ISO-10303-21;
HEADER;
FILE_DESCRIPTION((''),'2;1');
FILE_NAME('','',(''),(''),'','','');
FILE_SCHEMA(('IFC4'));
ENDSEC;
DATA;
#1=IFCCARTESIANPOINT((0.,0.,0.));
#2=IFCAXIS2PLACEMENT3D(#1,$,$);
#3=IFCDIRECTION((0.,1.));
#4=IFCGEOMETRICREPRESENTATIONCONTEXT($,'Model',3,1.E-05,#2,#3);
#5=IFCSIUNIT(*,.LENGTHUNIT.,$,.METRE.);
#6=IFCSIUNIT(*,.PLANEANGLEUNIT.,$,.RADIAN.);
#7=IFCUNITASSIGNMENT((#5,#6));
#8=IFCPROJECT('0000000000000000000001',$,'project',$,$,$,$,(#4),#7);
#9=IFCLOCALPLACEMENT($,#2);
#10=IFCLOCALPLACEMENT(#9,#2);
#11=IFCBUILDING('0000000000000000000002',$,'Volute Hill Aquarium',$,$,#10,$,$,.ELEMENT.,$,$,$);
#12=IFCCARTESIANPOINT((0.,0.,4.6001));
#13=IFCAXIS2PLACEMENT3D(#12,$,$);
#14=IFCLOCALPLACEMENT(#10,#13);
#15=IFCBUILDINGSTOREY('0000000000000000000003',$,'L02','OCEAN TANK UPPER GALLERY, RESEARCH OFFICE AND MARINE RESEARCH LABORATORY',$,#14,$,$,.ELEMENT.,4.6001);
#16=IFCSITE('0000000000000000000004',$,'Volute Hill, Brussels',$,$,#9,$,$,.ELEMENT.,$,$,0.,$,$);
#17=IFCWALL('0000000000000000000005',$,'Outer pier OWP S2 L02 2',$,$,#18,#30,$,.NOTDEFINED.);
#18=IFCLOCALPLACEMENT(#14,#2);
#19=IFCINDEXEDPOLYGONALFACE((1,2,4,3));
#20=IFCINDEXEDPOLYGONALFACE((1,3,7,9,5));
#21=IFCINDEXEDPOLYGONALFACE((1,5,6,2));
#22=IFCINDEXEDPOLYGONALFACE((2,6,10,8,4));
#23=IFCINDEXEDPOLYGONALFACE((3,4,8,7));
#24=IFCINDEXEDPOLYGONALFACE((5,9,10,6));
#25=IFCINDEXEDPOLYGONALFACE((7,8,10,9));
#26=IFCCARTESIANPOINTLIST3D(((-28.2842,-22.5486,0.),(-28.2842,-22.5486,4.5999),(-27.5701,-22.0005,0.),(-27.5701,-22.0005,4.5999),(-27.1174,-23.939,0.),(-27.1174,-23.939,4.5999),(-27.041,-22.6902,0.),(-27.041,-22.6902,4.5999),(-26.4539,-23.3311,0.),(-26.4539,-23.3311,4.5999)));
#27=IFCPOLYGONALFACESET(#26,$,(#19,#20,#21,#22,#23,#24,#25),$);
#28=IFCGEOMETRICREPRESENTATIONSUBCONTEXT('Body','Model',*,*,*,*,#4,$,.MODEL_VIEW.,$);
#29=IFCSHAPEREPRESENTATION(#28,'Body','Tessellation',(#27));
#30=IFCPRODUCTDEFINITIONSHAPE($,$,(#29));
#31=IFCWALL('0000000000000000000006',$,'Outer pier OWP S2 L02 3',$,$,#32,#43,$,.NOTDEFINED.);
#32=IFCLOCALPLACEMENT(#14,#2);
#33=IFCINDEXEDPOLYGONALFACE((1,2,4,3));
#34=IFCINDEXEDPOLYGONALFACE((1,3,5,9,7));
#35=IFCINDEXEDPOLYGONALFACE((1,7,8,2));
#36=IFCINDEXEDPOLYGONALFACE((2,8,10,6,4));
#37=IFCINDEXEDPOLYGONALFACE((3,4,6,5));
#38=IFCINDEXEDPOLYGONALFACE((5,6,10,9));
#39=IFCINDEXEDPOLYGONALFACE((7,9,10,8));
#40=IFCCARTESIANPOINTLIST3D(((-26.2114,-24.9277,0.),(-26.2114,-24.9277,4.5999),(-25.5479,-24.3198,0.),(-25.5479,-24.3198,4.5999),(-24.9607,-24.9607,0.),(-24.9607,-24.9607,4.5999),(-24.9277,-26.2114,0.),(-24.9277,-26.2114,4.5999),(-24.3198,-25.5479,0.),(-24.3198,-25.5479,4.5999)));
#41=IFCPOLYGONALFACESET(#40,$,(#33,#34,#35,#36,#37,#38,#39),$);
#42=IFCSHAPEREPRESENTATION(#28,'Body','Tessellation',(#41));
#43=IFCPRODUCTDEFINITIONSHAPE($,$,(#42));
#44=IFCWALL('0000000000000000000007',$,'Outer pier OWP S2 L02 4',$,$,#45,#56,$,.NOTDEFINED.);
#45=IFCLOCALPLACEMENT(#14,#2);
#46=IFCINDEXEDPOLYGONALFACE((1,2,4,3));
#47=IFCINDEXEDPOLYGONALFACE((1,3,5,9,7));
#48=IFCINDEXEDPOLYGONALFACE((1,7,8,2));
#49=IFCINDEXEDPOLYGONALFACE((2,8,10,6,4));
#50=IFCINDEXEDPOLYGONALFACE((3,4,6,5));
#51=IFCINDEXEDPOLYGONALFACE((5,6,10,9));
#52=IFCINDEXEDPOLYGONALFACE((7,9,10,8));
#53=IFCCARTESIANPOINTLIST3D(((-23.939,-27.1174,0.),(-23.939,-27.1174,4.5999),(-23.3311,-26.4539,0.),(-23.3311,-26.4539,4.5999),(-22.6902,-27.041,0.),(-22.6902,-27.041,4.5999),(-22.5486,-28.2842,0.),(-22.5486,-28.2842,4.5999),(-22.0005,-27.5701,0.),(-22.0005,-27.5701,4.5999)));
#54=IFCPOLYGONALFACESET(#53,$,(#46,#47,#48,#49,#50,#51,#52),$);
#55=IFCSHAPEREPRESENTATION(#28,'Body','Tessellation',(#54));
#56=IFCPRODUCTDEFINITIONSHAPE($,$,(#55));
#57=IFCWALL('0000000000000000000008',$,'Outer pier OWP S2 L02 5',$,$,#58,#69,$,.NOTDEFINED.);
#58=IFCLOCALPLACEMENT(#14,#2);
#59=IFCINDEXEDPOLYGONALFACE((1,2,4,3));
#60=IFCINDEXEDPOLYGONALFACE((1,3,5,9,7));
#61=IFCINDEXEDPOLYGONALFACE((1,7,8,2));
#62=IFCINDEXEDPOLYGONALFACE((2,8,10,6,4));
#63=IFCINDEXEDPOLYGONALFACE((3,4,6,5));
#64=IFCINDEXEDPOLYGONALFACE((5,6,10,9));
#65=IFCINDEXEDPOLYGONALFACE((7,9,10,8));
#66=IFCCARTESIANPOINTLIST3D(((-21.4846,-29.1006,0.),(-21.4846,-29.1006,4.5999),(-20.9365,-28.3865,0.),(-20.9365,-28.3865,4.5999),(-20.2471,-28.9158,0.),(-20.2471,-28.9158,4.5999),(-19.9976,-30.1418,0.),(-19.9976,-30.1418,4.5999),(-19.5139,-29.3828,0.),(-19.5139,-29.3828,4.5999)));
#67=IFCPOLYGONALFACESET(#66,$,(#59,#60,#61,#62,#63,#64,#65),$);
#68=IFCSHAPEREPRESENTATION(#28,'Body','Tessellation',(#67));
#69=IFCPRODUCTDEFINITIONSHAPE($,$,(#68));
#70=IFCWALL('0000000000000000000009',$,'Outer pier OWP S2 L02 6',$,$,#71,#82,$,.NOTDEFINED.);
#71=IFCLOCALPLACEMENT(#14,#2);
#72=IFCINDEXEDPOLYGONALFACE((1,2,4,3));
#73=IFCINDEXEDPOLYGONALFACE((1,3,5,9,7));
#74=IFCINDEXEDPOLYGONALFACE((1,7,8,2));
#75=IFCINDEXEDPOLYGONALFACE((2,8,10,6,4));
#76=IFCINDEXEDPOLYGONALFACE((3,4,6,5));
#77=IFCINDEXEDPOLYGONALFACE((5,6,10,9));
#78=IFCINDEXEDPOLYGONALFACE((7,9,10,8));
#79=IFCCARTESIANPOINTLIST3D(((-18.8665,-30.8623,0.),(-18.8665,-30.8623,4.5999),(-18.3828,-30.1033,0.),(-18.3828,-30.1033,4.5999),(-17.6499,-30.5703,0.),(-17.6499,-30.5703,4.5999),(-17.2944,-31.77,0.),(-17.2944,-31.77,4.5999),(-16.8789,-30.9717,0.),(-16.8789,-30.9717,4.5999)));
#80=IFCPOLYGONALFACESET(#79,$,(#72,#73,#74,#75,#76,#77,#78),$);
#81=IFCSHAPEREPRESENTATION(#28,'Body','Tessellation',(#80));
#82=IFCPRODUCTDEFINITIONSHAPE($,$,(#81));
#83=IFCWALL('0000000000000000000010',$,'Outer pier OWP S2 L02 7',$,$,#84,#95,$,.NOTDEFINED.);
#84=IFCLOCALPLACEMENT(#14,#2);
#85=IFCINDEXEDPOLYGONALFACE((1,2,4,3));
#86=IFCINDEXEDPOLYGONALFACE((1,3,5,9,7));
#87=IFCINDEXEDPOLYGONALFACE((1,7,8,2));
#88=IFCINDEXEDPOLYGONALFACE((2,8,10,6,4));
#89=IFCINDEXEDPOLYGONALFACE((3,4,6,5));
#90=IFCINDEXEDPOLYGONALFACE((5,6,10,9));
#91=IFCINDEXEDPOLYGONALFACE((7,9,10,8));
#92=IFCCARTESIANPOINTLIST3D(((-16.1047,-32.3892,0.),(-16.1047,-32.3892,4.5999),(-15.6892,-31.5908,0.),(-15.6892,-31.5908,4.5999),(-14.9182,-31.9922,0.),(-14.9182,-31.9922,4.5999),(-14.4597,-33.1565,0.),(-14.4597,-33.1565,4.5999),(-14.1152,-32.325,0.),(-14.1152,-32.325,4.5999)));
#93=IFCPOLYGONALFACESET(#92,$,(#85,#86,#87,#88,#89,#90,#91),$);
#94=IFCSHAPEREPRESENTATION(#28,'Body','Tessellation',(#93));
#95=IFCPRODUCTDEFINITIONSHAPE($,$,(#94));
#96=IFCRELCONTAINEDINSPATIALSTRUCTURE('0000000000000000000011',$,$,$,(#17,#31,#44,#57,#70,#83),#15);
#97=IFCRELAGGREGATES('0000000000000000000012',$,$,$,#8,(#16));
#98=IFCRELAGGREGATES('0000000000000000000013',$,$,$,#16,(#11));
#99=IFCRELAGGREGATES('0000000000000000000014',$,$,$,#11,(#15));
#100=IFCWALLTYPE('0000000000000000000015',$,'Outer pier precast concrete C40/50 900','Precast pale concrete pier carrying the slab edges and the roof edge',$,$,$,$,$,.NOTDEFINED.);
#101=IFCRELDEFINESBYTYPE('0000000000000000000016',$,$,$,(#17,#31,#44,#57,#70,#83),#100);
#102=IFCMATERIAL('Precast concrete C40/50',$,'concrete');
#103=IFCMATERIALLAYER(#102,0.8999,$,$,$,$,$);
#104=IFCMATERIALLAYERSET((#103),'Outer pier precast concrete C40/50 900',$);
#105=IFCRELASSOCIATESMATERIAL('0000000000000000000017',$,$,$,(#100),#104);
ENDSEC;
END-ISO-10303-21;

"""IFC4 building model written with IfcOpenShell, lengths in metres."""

from ifc_helpers import new_model, si_unit, direction, frame, origin, place, context, subcontext, project, spatial, polyline, outline, extrude, material, layer, layer_set, type_object, element, save


model = new_model("IFC4")

# Units and contexts
model_context = context("Model", 3, precision=1e-05, world=origin(), true_north=direction((0.0, 1.0)))
body_context = subcontext(model_context, "Body", "Model", "MODEL_VIEW")
ifc_project = project(units=[si_unit("LENGTHUNIT", "METRE"), si_unit("PLANEANGLEUNIT", "RADIAN")], contexts=[model_context])

# Site, building, storey
site_placement = place(None, origin())
site = spatial("IfcSite", under=ifc_project, at=site_placement, Name="Volute Hill, Brussels", CompositionType="ELEMENT", RefElevation=0.0)
building_placement = place(site_placement, origin())
building = spatial("IfcBuilding", under=site, at=building_placement, Name="Volute Hill Aquarium", CompositionType="ELEMENT")
storey_placement = place(building_placement, frame((0.0, 0.0, 4.6001)))
storey = spatial("IfcBuildingStorey", under=building, at=storey_placement, Name="L02", Description="OCEAN TANK UPPER GALLERY, RESEARCH OFFICE AND MARINE RESEARCH LABORATORY", CompositionType="ELEMENT", Elevation=4.6001)

# Walls
ifc_material_1 = material(Name="Precast concrete C40/50", Category="concrete")
ifc_layer_1 = layer(ifc_material_1, 0.8999)
ifc_layer_set_1 = layer_set([ifc_layer_1], Name="Outer pier precast concrete C40/50 900")
wall_type = type_object("IfcWallType", Name="Outer pier precast concrete C40/50 900", Description="Precast pale concrete pier carrying the slab edges and the roof edge", PredefinedType="NOTDEFINED", material=ifc_layer_set_1)
wall_1_placement = place(storey_placement, origin())
element("IfcWall", 1, at=wall_1_placement, inside=storey, type_object=wall_type, Name="Outer pier OWP S2 L02 2", PredefinedType="NOTDEFINED", context=body_context, shape_type="SweptSolid", body=[
    extrude(outline(polyline([(-27.5701, -22.0005), (-28.2842, -22.5486), (-27.1174, -23.939), (-26.4539, -23.3311), (-27.041, -22.6902), (-27.5701, -22.0005)])), origin(), (0.0, 0.0, 1.0), 4.5999),
])
wall_2_placement = place(storey_placement, origin())
element("IfcWall", 2, at=wall_2_placement, inside=storey, type_object=wall_type, Name="Outer pier OWP S2 L02 3", PredefinedType="NOTDEFINED", context=body_context, shape_type="SweptSolid", body=[
    extrude(outline(polyline([(-25.5479, -24.3198), (-26.2114, -24.9277), (-24.9277, -26.2114), (-24.3198, -25.5479), (-24.9607, -24.9607), (-25.5479, -24.3198)])), origin(), (0.0, 0.0, 1.0), 4.5999),
])
wall_3_placement = place(storey_placement, origin())
element("IfcWall", 3, at=wall_3_placement, inside=storey, type_object=wall_type, Name="Outer pier OWP S2 L02 4", PredefinedType="NOTDEFINED", context=body_context, shape_type="SweptSolid", body=[
    extrude(outline(polyline([(-23.3311, -26.4539), (-23.939, -27.1174), (-22.5486, -28.2842), (-22.0005, -27.5701), (-22.6902, -27.041), (-23.3311, -26.4539)])), origin(), (0.0, 0.0, 1.0), 4.5999),
])
wall_4_placement = place(storey_placement, origin())
element("IfcWall", 4, at=wall_4_placement, inside=storey, type_object=wall_type, Name="Outer pier OWP S2 L02 5", PredefinedType="NOTDEFINED", context=body_context, shape_type="SweptSolid", body=[
    extrude(outline(polyline([(-20.9365, -28.3865), (-21.4846, -29.1006), (-19.9976, -30.1418), (-19.5139, -29.3828), (-20.2471, -28.9158), (-20.9365, -28.3865)])), origin(), (0.0, 0.0, 1.0), 4.5999),
])
wall_5_placement = place(storey_placement, origin())
element("IfcWall", 5, at=wall_5_placement, inside=storey, type_object=wall_type, Name="Outer pier OWP S2 L02 6", PredefinedType="NOTDEFINED", context=body_context, shape_type="SweptSolid", body=[
    extrude(outline(polyline([(-18.3828, -30.1033), (-18.8665, -30.8623), (-17.2944, -31.77), (-16.8789, -30.9717), (-17.6499, -30.5703), (-18.3828, -30.1033)])), origin(), (0.0, 0.0, 1.0), 4.5999),
])
wall_6_placement = place(storey_placement, origin())
element("IfcWall", 6, at=wall_6_placement, inside=storey, type_object=wall_type, Name="Outer pier OWP S2 L02 7", PredefinedType="NOTDEFINED", context=body_context, shape_type="SweptSolid", body=[
    extrude(outline(polyline([(-15.6892, -31.5908), (-16.1047, -32.3892), (-14.4597, -33.1565), (-14.1152, -32.325), (-14.9182, -31.9922), (-15.6892, -31.5908)])), origin(), (0.0, 0.0, 1.0), 4.5999),
])

save(model, "model.ifc")
